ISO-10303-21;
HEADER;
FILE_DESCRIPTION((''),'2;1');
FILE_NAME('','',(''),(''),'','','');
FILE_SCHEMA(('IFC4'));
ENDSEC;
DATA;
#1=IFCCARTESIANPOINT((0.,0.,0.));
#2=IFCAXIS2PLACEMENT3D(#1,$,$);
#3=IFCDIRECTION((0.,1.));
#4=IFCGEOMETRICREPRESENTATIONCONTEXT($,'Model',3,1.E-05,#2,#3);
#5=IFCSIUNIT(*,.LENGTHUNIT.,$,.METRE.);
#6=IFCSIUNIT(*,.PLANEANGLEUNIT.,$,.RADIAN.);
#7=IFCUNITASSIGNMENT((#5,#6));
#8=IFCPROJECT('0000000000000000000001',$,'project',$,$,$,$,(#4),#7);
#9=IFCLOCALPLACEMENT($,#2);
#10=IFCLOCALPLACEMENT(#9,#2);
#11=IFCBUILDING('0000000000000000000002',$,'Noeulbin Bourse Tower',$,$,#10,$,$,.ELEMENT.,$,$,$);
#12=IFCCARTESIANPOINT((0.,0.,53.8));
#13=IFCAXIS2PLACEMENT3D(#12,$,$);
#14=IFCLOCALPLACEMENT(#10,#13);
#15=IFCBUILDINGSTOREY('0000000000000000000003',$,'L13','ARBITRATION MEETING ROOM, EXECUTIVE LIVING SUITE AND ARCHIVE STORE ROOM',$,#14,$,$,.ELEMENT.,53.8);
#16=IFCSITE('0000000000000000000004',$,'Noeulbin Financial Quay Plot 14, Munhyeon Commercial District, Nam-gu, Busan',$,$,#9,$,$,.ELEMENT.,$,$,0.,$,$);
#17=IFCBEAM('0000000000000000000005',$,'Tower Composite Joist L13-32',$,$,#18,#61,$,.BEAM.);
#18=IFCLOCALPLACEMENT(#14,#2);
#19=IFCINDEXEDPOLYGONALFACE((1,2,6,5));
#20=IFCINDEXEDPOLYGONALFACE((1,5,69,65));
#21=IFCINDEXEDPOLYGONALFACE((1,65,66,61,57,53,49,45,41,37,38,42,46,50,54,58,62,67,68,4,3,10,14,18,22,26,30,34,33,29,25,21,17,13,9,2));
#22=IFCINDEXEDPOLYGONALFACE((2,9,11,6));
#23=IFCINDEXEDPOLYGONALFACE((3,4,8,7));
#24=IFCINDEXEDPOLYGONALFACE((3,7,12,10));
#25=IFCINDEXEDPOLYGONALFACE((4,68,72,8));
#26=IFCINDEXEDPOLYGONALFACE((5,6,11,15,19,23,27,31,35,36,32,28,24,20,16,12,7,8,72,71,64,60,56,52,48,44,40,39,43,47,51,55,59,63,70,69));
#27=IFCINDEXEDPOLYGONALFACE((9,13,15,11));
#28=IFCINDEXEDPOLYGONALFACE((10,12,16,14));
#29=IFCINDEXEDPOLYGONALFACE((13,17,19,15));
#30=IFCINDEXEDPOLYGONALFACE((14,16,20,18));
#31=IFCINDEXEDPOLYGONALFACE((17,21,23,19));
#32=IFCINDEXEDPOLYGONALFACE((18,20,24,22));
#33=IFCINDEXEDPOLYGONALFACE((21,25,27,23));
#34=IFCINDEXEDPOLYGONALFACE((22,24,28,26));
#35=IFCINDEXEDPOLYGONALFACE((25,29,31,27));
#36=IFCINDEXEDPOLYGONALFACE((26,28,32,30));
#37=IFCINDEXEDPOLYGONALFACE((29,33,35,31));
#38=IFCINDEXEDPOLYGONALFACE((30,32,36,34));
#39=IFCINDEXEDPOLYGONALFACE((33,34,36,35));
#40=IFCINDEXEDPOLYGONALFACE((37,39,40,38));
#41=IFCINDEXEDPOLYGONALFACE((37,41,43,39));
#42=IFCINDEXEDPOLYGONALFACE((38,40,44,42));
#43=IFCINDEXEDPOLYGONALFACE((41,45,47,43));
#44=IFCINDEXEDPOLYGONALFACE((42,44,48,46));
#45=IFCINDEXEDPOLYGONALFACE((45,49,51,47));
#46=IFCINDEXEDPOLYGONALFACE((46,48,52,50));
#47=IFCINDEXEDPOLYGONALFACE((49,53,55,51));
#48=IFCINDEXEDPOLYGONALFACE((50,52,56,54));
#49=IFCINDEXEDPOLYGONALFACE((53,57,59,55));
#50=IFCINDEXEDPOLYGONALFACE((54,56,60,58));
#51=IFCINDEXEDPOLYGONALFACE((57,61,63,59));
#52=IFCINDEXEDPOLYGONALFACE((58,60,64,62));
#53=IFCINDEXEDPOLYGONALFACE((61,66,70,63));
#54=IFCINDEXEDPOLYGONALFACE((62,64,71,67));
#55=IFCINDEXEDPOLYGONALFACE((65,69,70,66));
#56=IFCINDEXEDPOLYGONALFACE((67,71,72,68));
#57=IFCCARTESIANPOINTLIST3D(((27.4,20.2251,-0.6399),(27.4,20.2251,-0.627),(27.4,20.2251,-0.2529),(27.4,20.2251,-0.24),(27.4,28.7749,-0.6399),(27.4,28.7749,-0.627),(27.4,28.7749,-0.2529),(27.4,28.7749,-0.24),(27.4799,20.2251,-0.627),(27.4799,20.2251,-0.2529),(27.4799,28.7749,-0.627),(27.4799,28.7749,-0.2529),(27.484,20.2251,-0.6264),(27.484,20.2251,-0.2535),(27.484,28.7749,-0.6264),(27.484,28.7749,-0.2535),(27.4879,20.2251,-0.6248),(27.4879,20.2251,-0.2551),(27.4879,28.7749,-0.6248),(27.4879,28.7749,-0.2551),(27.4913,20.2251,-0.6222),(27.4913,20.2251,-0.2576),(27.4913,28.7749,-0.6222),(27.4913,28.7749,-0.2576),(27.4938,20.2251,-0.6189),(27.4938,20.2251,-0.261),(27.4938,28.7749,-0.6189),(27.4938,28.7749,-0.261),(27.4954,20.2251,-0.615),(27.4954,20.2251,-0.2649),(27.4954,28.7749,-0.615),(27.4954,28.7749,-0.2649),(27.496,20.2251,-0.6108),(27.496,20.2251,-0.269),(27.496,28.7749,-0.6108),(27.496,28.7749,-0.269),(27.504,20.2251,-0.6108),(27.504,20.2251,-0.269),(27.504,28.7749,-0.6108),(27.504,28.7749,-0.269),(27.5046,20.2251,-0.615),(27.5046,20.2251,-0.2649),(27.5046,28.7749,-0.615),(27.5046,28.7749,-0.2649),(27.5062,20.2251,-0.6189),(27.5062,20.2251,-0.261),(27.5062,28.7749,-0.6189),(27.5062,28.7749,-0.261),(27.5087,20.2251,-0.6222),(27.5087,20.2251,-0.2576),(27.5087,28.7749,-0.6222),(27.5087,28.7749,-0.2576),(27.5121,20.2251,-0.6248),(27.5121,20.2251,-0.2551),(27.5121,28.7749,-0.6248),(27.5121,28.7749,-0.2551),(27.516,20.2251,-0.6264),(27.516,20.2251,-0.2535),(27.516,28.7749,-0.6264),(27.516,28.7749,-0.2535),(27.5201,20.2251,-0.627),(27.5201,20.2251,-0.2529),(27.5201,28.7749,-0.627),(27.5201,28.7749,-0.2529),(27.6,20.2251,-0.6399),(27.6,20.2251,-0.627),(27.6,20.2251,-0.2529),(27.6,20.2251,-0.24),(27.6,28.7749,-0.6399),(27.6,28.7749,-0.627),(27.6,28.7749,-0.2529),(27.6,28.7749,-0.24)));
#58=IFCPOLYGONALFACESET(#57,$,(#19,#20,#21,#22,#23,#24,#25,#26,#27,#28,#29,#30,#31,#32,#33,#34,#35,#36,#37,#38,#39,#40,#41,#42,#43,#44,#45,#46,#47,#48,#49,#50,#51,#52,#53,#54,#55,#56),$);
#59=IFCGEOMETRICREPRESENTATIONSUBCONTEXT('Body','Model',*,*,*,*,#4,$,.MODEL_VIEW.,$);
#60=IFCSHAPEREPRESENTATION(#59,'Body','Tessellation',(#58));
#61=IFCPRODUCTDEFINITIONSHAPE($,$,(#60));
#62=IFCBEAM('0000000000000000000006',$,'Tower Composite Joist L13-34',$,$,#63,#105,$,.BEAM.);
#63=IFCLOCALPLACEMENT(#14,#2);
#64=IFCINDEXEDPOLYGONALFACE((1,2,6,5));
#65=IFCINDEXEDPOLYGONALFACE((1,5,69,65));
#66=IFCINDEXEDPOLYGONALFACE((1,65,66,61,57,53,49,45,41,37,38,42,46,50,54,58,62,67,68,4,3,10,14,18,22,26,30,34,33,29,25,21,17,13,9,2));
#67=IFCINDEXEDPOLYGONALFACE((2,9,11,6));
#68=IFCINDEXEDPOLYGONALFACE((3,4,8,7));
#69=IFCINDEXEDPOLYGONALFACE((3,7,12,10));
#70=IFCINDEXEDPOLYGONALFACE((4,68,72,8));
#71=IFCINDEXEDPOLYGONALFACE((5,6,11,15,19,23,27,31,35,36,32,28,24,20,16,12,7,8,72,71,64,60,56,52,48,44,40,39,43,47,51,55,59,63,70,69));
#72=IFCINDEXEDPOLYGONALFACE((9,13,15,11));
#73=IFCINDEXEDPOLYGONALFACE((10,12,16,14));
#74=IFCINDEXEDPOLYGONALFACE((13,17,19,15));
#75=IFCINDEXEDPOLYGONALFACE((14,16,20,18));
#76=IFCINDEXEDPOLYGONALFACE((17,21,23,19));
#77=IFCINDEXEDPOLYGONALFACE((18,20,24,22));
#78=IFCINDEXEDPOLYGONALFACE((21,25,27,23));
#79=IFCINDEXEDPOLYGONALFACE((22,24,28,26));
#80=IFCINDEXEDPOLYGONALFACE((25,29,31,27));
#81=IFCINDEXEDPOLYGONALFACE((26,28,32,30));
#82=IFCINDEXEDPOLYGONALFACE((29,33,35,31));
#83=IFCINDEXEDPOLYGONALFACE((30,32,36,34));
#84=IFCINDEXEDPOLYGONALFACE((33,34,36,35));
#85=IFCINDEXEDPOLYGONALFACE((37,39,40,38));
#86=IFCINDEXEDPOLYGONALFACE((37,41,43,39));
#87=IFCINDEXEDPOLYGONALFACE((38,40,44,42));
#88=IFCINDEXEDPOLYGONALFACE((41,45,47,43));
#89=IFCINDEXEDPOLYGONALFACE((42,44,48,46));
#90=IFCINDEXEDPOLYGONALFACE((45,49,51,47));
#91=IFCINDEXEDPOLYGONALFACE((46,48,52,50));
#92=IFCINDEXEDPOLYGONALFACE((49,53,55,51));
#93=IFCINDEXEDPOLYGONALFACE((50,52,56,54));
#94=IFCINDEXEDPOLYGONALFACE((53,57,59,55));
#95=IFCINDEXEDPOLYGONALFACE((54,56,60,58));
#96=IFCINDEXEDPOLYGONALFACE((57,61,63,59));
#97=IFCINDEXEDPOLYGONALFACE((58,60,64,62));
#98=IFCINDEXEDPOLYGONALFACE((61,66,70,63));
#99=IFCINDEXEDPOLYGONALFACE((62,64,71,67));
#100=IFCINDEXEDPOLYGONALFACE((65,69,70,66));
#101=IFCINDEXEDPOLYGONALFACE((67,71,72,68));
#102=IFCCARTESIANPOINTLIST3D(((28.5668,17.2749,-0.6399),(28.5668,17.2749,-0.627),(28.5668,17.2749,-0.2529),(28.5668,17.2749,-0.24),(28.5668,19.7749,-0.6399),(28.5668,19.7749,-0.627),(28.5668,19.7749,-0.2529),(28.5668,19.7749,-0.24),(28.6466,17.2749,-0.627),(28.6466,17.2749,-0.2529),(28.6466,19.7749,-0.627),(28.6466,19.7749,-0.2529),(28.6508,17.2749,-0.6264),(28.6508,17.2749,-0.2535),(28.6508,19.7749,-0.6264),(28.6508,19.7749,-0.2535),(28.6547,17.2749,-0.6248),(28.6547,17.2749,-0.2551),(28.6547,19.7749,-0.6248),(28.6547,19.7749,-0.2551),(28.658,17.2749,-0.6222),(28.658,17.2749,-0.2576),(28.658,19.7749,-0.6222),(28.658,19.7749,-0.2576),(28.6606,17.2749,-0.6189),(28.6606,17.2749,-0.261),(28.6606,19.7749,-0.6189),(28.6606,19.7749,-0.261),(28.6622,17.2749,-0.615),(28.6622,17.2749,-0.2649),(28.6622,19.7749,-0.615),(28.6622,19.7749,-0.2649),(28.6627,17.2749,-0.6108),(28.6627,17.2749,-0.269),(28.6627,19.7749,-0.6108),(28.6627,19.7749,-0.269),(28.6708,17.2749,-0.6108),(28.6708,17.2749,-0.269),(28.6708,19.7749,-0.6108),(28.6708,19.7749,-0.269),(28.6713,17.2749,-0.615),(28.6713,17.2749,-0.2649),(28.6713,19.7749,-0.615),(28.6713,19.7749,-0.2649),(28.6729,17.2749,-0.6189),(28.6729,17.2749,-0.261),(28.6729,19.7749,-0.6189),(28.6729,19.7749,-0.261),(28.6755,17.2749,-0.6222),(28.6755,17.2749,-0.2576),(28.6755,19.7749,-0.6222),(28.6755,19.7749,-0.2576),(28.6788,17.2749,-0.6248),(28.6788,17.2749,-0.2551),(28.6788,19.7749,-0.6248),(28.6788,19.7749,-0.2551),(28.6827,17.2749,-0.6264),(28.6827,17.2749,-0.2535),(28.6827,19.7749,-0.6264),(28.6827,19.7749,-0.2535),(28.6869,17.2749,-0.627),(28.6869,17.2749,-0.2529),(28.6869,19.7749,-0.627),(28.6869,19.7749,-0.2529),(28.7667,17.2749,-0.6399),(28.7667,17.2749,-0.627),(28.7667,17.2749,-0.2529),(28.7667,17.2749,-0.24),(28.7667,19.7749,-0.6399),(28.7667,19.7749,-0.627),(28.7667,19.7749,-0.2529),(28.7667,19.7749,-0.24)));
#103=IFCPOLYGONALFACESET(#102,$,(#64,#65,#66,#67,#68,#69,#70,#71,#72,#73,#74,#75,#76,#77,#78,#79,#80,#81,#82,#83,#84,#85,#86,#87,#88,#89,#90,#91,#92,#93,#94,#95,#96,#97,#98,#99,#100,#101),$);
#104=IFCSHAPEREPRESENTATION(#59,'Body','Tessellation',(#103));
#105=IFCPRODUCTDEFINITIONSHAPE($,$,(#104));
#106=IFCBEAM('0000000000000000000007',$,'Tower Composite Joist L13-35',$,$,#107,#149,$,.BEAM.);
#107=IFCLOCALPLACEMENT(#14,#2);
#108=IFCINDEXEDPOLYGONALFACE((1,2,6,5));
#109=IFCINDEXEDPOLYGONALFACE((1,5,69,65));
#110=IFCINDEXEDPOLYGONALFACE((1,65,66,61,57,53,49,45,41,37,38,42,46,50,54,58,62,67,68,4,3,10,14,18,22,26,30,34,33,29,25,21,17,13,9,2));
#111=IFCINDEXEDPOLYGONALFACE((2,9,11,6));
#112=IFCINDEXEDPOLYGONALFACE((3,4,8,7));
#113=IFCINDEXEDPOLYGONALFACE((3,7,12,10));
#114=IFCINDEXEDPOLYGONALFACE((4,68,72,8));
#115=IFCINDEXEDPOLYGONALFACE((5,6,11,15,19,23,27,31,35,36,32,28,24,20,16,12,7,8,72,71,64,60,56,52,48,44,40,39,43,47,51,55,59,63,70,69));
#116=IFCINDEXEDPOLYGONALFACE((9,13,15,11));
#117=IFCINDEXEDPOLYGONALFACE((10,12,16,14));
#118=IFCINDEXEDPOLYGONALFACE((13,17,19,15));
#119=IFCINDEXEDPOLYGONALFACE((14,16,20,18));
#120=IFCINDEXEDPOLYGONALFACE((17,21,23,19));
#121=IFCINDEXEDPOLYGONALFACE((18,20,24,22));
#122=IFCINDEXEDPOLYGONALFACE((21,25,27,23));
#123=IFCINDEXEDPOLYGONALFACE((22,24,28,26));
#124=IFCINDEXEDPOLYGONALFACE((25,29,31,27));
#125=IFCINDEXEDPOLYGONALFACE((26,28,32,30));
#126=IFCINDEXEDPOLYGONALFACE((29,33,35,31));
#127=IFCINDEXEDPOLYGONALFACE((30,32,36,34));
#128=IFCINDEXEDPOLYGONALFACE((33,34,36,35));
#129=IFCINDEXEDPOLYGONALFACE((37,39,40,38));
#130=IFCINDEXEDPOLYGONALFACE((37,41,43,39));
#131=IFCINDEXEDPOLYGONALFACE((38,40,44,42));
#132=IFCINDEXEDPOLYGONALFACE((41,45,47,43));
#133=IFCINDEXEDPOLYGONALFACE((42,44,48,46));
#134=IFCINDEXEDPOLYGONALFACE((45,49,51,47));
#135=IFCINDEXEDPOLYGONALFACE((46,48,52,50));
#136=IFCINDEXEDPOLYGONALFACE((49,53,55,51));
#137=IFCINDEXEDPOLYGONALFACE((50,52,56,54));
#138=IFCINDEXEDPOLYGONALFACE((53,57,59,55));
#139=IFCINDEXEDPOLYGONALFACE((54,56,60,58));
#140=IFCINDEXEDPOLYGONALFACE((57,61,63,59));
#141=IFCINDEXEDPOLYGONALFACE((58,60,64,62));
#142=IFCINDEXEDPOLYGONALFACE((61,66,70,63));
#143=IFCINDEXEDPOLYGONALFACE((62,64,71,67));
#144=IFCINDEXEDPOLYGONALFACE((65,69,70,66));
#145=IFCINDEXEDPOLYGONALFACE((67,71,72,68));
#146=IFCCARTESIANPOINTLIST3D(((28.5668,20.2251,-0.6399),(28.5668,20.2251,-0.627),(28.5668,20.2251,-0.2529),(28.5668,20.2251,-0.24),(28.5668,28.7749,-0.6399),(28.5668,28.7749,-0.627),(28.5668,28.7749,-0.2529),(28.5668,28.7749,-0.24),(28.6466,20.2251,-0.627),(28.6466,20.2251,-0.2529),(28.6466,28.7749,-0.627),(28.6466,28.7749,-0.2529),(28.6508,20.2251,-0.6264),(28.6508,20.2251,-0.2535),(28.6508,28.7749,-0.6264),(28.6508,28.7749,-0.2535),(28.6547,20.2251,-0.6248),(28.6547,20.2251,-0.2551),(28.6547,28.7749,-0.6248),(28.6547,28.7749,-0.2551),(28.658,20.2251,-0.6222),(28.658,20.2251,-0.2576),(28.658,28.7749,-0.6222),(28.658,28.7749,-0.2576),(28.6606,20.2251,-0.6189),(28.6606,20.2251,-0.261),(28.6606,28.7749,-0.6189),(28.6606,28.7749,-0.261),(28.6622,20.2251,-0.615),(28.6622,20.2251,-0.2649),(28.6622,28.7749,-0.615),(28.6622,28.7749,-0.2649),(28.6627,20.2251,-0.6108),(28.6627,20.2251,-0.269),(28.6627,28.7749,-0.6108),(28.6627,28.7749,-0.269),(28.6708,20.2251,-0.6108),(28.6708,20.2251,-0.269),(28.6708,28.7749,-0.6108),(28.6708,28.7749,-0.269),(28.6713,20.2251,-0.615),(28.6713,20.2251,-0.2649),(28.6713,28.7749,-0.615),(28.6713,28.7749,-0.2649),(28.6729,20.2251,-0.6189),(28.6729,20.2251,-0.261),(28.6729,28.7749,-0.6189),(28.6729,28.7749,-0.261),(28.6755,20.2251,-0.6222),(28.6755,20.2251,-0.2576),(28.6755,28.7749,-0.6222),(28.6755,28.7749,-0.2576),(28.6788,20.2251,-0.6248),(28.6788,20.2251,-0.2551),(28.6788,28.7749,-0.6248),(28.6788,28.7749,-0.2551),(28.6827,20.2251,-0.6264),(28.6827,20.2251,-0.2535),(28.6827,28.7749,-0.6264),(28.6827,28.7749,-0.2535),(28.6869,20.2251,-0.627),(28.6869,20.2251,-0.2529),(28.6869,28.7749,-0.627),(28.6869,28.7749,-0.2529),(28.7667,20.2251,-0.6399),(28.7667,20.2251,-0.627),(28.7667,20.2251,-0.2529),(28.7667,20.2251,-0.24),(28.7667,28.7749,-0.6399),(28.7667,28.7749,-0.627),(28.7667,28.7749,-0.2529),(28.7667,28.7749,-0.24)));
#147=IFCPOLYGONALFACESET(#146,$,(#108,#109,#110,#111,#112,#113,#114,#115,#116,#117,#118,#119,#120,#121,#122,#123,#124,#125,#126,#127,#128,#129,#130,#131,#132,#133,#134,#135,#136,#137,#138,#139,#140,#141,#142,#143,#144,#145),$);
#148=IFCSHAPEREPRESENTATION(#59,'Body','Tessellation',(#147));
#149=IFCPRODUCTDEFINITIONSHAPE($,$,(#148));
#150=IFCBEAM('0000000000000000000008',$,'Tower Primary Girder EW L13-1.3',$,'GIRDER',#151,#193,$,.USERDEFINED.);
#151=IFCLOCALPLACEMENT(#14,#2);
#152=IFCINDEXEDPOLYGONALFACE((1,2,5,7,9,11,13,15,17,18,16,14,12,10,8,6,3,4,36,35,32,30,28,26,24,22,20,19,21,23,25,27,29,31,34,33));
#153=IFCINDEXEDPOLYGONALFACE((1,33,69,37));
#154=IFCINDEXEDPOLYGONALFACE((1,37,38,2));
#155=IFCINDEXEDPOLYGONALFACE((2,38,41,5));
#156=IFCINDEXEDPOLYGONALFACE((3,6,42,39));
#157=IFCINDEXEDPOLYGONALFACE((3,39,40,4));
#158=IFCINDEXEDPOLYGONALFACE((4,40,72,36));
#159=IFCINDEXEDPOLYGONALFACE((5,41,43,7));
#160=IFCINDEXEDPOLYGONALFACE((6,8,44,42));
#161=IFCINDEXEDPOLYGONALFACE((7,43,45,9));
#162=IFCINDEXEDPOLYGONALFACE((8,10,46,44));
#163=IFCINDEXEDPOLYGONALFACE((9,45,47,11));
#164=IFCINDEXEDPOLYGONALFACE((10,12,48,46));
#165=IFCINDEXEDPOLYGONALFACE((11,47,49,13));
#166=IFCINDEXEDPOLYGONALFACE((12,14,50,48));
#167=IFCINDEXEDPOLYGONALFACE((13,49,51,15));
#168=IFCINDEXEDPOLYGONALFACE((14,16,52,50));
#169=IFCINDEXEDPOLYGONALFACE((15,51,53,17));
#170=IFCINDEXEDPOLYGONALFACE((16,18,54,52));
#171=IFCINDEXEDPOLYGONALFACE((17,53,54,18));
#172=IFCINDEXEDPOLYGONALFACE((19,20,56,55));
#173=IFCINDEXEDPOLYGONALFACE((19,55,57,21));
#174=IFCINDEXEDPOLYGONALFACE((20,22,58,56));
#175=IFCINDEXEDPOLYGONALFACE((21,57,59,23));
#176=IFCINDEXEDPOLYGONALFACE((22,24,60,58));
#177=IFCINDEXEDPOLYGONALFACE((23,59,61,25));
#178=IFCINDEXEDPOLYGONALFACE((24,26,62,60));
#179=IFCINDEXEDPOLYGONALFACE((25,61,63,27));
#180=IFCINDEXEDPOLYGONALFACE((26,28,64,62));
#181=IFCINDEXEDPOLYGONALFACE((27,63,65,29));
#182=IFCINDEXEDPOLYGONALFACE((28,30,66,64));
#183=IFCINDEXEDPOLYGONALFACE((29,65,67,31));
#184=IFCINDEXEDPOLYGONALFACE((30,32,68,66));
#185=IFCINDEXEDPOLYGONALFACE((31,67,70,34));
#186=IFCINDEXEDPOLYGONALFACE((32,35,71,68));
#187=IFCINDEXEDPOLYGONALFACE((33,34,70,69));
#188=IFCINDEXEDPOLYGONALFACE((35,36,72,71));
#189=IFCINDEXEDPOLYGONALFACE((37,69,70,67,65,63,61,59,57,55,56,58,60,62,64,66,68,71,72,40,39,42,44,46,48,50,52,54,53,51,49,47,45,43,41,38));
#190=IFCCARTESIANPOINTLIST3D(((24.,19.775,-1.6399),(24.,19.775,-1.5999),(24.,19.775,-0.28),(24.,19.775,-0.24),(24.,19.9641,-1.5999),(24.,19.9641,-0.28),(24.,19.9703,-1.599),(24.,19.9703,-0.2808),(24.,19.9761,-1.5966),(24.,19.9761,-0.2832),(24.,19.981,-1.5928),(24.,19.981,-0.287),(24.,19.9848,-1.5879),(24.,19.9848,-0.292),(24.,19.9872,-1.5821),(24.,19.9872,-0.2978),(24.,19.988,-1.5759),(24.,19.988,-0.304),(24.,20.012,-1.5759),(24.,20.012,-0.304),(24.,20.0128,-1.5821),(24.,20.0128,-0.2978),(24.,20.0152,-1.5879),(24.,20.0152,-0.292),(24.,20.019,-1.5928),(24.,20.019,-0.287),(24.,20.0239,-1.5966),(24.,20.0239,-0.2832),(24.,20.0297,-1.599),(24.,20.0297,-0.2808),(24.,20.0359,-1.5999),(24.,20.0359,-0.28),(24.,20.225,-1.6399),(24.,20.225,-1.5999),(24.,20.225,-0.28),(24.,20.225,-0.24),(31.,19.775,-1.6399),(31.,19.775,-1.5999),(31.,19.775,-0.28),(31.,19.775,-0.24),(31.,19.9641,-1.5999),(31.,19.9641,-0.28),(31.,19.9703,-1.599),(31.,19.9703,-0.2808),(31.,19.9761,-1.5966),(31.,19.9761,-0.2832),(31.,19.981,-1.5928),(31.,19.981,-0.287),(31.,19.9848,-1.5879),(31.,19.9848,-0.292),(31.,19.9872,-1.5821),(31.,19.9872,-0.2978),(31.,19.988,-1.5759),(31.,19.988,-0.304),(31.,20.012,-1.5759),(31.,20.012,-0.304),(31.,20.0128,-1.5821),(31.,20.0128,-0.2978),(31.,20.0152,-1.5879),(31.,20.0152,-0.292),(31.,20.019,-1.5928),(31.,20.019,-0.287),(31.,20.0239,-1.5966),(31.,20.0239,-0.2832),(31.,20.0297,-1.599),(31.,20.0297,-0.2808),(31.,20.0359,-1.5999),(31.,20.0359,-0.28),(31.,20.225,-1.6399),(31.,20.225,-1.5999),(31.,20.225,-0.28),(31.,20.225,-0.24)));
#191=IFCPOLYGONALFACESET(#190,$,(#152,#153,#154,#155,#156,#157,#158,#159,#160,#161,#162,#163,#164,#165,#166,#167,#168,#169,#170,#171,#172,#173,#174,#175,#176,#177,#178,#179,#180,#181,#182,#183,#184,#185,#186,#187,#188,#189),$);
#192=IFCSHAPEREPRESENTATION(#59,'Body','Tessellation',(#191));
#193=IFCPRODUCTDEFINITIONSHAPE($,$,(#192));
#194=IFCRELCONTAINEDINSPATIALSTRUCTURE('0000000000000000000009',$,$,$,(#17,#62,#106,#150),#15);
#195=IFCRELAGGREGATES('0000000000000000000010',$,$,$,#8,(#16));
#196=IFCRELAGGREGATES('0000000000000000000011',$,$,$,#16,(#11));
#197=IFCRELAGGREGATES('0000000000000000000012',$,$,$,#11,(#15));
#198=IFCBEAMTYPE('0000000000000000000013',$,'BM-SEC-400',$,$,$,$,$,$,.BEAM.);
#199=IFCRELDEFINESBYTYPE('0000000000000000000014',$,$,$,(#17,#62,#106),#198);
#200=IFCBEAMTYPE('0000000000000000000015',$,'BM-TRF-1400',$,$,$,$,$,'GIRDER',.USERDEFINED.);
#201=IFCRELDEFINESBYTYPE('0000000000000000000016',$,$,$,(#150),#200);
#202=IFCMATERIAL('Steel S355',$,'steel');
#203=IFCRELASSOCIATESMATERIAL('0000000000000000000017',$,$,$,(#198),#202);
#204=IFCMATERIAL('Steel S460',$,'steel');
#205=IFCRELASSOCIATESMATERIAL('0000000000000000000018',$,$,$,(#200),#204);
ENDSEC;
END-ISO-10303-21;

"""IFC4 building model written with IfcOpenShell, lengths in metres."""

from ifc_helpers import new_model, si_unit, direction, frame, origin, origin_2d, place, context, subcontext, project, spatial, i_section, extrude, material, material_profile, profile_set, type_object, element, save


model = new_model("IFC4")

# Units and contexts
model_context = context("Model", 3, precision=1e-05, world=origin(), true_north=direction((0.0, 1.0)))
body_context = subcontext(model_context, "Body", "Model", "MODEL_VIEW")
ifc_project = project(units=[si_unit("LENGTHUNIT", "METRE"), si_unit("PLANEANGLEUNIT", "RADIAN")], contexts=[model_context])

# Site, building, storey
site_placement = place(None, origin())
site = spatial("IfcSite", under=ifc_project, at=site_placement, Name="Noeulbin Financial Quay Plot 14, Munhyeon Commercial District, Nam-gu, Busan", CompositionType="ELEMENT", RefElevation=0.0)
building_placement = place(site_placement, origin())
building = spatial("IfcBuilding", under=site, at=building_placement, Name="Noeulbin Bourse Tower", CompositionType="ELEMENT")
storey_placement = place(building_placement, frame((0.0, 0.0, 53.8)))
storey = spatial("IfcBuildingStorey", under=building, at=storey_placement, Name="L13", Description="ARBITRATION MEETING ROOM, EXECUTIVE LIVING SUITE AND ARCHIVE STORE ROOM", CompositionType="ELEMENT", Elevation=53.8)

# Shared definitions
ifc_material_1 = material(Name="Steel S460", Category="steel")

# Beams
ifc_material_2 = material(Name="Steel S355", Category="steel")
ifc_material_profile_1 = material_profile(ifc_material_2, i_section(OverallWidth=0.2, OverallDepth=0.3999, WebThickness=0.0081, FlangeThickness=0.0129, FilletRadius=0.0161, at=origin_2d()), Name="H-400x200x8x13", Category="LoadBearing")
ifc_profile_set_1 = profile_set([ifc_material_profile_1], Name="Steel S355")
beam_type_1 = type_object("IfcBeamType", Name="BM-SEC-400", PredefinedType="BEAM", material=ifc_profile_set_1)
beam_1_placement = place(storey_placement, frame((27.5, 20.2251, -0.4399), z_axis=(0.0, 1.0, 0.0), x_axis=(-1.0, 0.0, 0.0)))
element("IfcBeam", 1, at=beam_1_placement, inside=storey, type_object=beam_type_1, Name="Tower Composite Joist L13-32", PredefinedType="BEAM", context=body_context, shape_type="SweptSolid", body=[
    extrude(i_section(OverallWidth=0.2, OverallDepth=0.3999, WebThickness=0.0081, FlangeThickness=0.0129, FilletRadius=0.0161, at=origin_2d()), origin(), (0.0, 0.0, 1.0), 8.5498),
])
beam_2_placement = place(storey_placement, frame((28.6667, 17.2749, -0.4399), z_axis=(0.0, 1.0, 0.0), x_axis=(-1.0, 0.0, 0.0)))
element("IfcBeam", 2, at=beam_2_placement, inside=storey, type_object=beam_type_1, Name="Tower Composite Joist L13-34", PredefinedType="BEAM", context=body_context, shape_type="SweptSolid", body=[
    extrude(i_section(OverallWidth=0.2, OverallDepth=0.3999, WebThickness=0.0081, FlangeThickness=0.0129, FilletRadius=0.0161, at=origin_2d()), origin(), (0.0, 0.0, 1.0), 2.5),
])
beam_3_placement = place(storey_placement, frame((28.6667, 20.2251, -0.4399), z_axis=(0.0, 1.0, 0.0), x_axis=(-1.0, 0.0, 0.0)))
element("IfcBeam", 3, at=beam_3_placement, inside=storey, type_object=beam_type_1, Name="Tower Composite Joist L13-35", PredefinedType="BEAM", context=body_context, shape_type="SweptSolid", body=[
    extrude(i_section(OverallWidth=0.2, OverallDepth=0.3999, WebThickness=0.0081, FlangeThickness=0.0129, FilletRadius=0.0161, at=origin_2d()), origin(), (0.0, 0.0, 1.0), 8.5498),
])
ifc_material_profile_2 = material_profile(ifc_material_1, i_section(OverallWidth=0.45, OverallDepth=1.3999, WebThickness=0.0239, FlangeThickness=0.04, FilletRadius=0.0239, at=origin_2d()), Name="PG-1400x450x24x40", Category="LoadBearing")
ifc_profile_set_2 = profile_set([ifc_material_profile_2], Name="Steel S460")
beam_type_2 = type_object("IfcBeamType", Name="BM-TRF-1400", ElementType="GIRDER", PredefinedType="USERDEFINED", material=ifc_profile_set_2)
beam_4_placement = place(storey_placement, frame((24.0, 20.0, -0.9399), z_axis=(1.0, 0.0, 0.0), x_axis=(0.0, 1.0, 0.0)))
element("IfcBeam", 4, at=beam_4_placement, inside=storey, type_object=beam_type_2, Name="Tower Primary Girder EW L13-1.3", ObjectType="GIRDER", PredefinedType="USERDEFINED", context=body_context, shape_type="SweptSolid", body=[
    extrude(i_section(OverallWidth=0.45, OverallDepth=1.3999, WebThickness=0.0239, FlangeThickness=0.04, FilletRadius=0.0239, at=origin_2d()), origin(), (0.0, 0.0, 1.0), 7.0),
])

save(model, "model.ifc")
